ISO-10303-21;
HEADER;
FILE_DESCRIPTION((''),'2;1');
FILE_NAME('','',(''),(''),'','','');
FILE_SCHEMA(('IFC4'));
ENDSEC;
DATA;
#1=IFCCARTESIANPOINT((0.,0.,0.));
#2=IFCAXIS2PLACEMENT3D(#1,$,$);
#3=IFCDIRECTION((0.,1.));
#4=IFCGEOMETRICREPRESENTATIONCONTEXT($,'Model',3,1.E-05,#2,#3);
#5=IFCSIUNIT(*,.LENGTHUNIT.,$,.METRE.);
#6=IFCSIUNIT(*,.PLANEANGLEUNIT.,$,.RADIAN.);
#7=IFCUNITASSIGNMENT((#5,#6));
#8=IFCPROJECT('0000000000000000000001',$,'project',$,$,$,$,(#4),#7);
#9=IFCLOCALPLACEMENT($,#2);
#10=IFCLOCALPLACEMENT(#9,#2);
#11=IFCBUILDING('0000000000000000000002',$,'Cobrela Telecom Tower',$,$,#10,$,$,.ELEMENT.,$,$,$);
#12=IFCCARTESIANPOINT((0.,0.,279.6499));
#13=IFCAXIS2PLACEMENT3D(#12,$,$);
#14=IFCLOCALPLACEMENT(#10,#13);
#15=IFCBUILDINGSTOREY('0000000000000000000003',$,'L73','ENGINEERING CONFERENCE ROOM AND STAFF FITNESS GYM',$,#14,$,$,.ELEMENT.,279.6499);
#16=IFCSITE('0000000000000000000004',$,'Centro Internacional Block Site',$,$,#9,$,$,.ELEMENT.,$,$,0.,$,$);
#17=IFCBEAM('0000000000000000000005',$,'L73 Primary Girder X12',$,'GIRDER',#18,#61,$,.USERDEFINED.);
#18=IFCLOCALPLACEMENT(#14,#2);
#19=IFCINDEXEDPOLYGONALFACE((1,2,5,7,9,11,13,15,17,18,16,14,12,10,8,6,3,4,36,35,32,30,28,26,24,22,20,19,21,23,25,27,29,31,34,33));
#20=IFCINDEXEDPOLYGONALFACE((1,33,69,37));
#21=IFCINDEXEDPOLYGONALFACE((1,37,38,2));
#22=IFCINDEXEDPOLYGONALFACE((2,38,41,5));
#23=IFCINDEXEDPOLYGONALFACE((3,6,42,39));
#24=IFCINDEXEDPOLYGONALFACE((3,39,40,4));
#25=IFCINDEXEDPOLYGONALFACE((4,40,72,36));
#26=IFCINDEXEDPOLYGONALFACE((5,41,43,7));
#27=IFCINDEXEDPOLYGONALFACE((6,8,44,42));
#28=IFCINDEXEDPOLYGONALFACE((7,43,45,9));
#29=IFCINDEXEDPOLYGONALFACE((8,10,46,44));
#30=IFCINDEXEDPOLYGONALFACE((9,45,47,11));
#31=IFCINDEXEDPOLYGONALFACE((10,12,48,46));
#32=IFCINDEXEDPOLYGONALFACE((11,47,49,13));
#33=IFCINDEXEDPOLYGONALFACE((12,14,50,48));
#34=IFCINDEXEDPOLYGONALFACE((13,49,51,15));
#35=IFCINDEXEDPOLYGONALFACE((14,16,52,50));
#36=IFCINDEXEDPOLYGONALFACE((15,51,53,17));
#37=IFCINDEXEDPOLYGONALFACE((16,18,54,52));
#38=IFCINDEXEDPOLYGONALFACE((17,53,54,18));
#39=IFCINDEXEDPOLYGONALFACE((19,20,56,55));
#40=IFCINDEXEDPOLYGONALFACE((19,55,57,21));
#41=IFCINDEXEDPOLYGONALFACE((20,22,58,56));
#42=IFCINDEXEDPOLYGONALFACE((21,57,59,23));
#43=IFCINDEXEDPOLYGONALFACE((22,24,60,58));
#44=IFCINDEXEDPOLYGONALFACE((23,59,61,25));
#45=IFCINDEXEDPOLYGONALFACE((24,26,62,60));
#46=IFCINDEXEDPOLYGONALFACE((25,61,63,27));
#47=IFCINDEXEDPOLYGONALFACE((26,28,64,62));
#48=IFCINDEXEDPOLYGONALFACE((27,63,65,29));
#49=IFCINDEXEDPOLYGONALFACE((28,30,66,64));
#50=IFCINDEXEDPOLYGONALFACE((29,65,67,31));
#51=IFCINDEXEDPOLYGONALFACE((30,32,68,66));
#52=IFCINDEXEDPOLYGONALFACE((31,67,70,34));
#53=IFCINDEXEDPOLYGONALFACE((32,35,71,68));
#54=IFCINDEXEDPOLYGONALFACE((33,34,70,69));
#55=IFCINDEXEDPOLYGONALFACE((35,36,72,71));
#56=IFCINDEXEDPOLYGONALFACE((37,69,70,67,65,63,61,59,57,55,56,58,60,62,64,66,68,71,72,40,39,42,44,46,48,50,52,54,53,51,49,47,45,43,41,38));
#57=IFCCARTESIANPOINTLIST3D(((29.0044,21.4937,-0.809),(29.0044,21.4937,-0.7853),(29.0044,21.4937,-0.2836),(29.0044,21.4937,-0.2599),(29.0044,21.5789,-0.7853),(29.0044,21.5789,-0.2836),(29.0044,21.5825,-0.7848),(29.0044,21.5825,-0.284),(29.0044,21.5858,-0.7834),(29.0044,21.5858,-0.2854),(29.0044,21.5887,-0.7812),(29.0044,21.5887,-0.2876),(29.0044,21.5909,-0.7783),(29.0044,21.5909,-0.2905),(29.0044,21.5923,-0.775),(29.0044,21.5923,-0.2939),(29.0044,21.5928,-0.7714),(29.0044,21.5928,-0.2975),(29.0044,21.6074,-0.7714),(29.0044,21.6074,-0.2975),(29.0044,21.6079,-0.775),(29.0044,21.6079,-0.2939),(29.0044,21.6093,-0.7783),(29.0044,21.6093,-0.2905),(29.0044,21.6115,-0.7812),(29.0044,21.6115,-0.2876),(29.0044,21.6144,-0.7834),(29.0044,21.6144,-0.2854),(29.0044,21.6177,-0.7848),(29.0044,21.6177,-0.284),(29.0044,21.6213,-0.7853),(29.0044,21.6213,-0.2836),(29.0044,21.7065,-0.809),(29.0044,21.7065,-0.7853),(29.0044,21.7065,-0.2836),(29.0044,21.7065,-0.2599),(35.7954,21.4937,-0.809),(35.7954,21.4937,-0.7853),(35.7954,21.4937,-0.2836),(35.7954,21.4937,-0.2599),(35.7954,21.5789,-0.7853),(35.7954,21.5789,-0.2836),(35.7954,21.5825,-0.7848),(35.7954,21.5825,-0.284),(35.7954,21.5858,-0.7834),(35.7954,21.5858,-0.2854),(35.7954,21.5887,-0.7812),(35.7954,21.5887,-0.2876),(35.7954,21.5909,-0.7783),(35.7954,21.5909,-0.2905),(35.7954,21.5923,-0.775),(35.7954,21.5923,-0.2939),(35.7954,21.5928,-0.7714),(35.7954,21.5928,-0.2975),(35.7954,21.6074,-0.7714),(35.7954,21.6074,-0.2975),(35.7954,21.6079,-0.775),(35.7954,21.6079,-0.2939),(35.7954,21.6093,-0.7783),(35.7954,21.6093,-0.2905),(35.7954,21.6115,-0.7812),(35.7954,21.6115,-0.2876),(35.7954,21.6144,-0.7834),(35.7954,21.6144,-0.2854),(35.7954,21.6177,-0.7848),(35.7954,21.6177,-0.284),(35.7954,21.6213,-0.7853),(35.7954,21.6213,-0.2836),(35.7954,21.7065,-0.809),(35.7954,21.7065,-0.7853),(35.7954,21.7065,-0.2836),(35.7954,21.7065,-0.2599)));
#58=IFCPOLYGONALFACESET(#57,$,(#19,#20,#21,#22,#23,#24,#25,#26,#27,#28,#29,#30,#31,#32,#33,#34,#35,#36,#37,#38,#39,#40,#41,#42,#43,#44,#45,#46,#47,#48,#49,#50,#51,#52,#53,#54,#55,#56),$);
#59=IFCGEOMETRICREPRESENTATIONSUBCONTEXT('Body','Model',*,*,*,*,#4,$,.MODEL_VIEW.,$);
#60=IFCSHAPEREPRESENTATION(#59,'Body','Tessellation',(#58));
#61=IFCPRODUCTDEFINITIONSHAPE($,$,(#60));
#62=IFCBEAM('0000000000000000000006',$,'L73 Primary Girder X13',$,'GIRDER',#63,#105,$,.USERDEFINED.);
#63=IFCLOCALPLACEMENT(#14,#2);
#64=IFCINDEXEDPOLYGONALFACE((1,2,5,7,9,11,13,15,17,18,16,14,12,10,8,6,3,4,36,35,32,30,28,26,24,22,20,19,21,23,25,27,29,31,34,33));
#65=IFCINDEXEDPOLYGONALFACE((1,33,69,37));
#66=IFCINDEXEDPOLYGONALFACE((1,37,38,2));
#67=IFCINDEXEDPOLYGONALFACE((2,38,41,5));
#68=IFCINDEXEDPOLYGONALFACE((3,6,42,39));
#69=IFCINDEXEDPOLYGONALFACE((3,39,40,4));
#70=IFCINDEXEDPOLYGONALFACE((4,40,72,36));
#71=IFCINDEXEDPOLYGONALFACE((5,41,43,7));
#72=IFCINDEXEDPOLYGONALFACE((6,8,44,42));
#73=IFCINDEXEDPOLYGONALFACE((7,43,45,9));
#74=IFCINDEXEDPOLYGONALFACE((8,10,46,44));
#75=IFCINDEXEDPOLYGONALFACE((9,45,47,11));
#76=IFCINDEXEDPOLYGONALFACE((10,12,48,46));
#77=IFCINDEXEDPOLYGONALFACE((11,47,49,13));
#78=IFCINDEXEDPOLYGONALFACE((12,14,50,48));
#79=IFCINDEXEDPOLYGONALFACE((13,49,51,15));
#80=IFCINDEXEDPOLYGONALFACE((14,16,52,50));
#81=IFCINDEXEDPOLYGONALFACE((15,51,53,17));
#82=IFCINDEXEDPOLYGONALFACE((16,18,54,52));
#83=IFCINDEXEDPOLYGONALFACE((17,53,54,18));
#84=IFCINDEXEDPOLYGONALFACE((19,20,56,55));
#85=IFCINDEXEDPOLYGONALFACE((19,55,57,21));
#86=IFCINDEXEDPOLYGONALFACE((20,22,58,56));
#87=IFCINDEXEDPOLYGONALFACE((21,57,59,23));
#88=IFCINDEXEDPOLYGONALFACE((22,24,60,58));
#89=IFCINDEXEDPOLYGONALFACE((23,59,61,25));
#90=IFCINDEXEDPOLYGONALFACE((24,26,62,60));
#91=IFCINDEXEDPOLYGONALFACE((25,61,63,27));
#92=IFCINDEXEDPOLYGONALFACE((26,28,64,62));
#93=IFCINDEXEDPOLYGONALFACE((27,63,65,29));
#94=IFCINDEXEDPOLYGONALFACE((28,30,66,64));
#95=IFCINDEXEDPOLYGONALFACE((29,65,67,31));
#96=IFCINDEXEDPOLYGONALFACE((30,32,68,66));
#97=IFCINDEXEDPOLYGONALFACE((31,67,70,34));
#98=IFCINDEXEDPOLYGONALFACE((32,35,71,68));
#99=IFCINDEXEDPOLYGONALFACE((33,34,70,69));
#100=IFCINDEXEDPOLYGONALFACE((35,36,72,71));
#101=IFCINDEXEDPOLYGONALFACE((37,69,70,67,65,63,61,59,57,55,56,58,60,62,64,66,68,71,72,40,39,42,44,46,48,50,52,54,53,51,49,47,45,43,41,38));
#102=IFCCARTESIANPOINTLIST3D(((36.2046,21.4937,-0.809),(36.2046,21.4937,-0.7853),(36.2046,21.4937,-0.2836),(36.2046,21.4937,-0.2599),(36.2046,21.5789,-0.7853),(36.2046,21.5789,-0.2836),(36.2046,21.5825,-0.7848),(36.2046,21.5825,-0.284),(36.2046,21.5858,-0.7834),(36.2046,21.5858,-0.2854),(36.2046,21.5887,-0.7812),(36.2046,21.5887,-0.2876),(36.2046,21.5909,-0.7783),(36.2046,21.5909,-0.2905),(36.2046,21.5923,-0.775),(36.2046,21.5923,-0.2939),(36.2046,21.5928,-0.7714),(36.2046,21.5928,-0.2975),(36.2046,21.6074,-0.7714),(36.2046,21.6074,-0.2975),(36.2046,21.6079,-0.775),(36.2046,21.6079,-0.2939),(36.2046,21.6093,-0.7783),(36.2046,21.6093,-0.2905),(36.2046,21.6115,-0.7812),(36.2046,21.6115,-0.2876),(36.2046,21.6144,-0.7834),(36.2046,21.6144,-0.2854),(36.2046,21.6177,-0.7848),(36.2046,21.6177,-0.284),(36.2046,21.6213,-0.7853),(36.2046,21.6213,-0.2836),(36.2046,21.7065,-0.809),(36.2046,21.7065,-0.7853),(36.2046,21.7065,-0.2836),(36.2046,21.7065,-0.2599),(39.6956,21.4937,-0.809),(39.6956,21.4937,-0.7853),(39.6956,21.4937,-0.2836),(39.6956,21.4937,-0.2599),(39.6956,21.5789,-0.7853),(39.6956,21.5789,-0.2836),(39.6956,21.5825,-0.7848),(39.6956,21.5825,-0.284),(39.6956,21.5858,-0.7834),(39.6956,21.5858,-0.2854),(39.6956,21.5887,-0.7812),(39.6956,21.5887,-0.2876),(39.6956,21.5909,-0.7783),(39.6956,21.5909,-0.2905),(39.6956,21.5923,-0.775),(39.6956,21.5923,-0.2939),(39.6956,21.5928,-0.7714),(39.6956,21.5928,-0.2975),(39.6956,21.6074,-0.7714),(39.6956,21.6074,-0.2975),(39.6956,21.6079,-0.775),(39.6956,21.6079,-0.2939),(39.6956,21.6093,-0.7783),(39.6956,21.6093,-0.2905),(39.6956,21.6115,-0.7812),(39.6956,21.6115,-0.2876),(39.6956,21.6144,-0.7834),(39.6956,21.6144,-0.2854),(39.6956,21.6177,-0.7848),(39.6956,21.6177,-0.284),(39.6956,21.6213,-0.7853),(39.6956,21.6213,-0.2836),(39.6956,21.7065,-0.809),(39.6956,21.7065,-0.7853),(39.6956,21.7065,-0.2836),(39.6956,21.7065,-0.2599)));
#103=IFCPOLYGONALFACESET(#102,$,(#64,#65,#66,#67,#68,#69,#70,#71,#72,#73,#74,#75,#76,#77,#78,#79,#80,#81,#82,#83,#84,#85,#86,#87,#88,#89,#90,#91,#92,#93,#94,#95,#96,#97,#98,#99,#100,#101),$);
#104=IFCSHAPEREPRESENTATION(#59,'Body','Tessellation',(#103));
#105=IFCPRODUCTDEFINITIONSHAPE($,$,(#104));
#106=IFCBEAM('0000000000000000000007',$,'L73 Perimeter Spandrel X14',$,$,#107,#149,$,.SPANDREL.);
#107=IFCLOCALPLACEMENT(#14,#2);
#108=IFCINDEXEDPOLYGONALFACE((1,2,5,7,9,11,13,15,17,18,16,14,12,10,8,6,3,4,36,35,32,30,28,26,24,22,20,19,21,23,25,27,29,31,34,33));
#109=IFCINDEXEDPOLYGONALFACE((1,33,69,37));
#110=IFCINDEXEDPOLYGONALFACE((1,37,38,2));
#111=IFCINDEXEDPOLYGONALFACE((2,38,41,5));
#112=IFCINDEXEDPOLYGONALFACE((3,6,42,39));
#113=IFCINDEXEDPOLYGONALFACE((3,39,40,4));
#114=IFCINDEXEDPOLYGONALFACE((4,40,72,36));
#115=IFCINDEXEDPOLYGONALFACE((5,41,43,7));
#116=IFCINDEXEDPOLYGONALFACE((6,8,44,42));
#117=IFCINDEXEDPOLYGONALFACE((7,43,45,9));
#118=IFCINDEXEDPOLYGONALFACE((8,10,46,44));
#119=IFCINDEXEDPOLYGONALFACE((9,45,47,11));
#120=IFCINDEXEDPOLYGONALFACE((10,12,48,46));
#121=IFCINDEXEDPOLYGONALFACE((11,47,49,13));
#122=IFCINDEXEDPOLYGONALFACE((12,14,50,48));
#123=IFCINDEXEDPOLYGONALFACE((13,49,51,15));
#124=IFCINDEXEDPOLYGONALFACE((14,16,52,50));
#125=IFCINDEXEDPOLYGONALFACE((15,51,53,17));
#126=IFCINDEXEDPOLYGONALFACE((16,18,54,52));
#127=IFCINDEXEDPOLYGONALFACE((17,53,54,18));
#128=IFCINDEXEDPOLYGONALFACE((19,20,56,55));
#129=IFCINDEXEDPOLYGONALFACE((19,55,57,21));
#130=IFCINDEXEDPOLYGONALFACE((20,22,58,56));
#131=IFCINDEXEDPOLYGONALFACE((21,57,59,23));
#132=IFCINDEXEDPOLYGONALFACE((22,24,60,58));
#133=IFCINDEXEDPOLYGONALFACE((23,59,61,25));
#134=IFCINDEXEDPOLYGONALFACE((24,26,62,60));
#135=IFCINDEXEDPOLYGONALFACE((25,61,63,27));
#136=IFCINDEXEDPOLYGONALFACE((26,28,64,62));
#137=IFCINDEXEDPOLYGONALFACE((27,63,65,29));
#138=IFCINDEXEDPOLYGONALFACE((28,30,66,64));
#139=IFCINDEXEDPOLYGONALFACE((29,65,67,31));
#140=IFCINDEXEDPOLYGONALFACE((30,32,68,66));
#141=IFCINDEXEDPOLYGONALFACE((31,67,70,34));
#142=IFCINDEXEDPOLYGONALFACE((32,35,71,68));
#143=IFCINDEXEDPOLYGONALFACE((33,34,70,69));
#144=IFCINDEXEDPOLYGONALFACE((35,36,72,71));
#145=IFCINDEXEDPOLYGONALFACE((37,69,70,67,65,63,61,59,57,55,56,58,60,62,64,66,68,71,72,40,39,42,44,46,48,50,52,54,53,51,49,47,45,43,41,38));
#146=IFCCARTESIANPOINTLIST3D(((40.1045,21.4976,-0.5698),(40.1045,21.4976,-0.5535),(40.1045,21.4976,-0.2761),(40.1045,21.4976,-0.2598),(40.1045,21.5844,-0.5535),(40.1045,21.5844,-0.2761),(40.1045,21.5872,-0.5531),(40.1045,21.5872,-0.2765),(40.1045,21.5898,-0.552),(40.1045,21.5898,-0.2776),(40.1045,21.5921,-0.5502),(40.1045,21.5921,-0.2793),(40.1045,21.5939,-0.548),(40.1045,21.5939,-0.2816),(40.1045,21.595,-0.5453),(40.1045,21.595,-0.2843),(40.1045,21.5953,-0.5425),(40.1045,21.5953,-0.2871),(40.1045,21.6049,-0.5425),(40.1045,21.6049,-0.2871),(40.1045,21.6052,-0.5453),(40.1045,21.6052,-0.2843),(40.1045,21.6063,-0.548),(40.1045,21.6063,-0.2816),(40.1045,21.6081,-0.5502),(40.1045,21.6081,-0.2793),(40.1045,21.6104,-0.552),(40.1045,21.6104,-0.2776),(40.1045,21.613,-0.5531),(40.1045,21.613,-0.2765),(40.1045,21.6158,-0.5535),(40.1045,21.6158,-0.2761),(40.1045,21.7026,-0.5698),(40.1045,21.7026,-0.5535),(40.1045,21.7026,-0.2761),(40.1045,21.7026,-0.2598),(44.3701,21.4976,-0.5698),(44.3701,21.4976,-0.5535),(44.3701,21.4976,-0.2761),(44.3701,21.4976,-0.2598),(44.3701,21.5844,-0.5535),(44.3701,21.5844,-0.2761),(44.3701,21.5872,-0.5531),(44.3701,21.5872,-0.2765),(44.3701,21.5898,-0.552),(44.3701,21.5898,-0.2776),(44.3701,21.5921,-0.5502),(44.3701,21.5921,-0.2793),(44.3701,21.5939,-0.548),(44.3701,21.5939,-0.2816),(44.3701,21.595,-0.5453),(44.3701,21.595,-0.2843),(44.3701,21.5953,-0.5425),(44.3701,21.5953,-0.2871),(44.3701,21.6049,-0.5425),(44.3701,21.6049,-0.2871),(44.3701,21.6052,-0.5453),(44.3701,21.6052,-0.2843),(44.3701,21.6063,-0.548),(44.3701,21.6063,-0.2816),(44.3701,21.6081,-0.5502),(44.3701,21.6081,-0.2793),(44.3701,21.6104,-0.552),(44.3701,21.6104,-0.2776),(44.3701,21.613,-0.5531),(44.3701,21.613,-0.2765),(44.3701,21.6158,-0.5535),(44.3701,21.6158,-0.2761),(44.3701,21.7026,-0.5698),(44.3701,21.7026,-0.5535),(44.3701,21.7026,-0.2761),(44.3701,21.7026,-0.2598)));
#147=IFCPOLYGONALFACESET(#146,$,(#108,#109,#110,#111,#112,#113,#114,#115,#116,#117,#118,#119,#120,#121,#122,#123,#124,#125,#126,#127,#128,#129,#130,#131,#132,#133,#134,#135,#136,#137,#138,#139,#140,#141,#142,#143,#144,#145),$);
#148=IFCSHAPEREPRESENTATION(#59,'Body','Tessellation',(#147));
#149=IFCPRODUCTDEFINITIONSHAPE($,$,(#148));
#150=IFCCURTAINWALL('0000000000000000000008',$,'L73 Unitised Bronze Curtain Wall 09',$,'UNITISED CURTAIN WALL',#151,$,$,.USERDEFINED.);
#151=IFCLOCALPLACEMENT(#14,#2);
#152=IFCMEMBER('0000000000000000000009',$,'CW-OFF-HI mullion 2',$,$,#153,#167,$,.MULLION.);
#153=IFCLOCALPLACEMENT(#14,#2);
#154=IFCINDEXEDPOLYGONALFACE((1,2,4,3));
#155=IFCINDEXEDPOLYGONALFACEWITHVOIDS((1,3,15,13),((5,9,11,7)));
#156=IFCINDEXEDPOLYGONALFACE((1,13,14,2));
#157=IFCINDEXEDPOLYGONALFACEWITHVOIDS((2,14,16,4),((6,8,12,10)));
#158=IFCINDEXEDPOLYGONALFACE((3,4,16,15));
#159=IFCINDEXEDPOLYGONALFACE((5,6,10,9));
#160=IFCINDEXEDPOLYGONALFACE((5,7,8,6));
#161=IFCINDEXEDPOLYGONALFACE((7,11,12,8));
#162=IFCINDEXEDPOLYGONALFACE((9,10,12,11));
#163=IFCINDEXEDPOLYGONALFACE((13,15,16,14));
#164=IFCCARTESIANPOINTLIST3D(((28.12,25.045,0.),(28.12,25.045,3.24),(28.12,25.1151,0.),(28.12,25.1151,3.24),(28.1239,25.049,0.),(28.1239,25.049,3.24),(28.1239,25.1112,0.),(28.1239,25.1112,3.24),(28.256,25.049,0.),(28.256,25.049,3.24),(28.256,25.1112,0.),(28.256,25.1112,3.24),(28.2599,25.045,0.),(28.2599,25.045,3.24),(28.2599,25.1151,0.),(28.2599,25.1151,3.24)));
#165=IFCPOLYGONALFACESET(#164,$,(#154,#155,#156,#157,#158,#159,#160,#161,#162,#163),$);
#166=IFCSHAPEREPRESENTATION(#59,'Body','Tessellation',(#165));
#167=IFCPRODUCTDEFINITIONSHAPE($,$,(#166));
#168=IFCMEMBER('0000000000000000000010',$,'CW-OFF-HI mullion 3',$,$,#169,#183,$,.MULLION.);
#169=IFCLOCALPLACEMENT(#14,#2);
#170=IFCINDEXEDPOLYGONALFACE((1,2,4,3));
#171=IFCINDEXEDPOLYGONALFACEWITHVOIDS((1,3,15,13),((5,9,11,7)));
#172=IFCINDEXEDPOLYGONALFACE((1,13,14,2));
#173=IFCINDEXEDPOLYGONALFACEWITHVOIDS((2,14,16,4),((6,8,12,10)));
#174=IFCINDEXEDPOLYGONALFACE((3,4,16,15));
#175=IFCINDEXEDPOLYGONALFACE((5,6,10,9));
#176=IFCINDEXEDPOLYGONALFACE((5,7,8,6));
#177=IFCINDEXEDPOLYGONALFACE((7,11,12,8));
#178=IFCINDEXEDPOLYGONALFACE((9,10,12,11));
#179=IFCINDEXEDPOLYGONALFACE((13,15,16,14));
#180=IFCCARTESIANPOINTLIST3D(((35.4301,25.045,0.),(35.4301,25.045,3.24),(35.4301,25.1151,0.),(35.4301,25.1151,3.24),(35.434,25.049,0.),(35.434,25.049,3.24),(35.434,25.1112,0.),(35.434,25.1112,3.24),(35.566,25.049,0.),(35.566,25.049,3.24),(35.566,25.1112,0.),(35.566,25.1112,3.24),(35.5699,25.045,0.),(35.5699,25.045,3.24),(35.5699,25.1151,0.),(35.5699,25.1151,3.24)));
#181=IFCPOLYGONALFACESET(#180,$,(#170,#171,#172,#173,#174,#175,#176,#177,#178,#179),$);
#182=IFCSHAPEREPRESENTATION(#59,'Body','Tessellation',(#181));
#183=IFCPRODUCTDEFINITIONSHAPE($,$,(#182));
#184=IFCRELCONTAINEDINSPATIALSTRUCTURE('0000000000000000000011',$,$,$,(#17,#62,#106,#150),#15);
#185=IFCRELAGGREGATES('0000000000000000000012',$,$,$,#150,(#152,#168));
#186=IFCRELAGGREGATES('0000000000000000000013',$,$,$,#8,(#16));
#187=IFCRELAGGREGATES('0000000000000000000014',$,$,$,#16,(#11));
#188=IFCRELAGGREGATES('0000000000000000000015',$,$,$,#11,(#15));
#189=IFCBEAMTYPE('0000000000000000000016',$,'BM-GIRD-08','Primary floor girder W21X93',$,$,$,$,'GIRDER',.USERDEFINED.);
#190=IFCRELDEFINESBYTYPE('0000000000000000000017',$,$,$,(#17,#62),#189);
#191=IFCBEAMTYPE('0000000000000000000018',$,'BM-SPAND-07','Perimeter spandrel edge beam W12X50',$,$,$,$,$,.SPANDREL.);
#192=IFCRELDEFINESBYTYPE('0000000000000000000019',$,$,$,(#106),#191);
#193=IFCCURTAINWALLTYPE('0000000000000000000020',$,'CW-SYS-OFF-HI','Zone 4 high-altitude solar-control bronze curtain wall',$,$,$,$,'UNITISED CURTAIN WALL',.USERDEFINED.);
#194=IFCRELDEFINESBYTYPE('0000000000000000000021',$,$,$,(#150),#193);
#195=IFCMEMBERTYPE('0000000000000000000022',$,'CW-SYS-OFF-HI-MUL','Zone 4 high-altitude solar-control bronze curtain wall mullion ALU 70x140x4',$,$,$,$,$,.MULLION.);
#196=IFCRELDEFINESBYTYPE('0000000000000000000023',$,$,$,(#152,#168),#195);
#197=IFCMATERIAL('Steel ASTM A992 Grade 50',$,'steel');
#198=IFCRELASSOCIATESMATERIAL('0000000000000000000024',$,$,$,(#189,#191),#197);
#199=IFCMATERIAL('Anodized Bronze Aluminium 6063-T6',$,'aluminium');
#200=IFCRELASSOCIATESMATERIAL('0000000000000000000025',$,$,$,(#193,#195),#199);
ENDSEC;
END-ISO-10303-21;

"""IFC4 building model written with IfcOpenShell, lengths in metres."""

from ifc_helpers import new_model, si_unit, direction, frame, origin, origin_2d, place, context, subcontext, project, spatial, hollow_rectangle, i_section, extrude, material, material_profile, profile_set, type_object, element, aggregate, save


model = new_model("IFC4")

# Units and contexts
model_context = context("Model", 3, precision=1e-05, world=origin(), true_north=direction((0.0, 1.0)))
body_context = subcontext(model_context, "Body", "Model", "MODEL_VIEW")
ifc_project = project(units=[si_unit("LENGTHUNIT", "METRE"), si_unit("PLANEANGLEUNIT", "RADIAN")], contexts=[model_context])

# Site, building, storey
site_placement = place(None, origin())
site = spatial("IfcSite", under=ifc_project, at=site_placement, Name="Centro Internacional Block Site", CompositionType="ELEMENT", RefElevation=0.0)
building_placement = place(site_placement, origin())
building = spatial("IfcBuilding", under=site, at=building_placement, Name="Cobrela Telecom Tower", CompositionType="ELEMENT")
storey_placement = place(building_placement, frame((0.0, 0.0, 279.6499)))
storey = spatial("IfcBuildingStorey", under=building, at=storey_placement, Name="L73", Description="ENGINEERING CONFERENCE ROOM AND STAFF FITNESS GYM", CompositionType="ELEMENT", Elevation=279.6499)

# Shared definitions
ifc_material_1 = material(Name="Steel ASTM A992 Grade 50", Category="steel")

# Beams
ifc_material_profile_1 = material_profile(ifc_material_1, i_section(OverallWidth=0.2129, OverallDepth=0.5491, WebThickness=0.0146, FlangeThickness=0.0237, FilletRadius=0.0139, at=origin_2d()), Name="W21X93")
ifc_profile_set_1 = profile_set([ifc_material_profile_1], Name="Steel ASTM A992 Grade 50")
beam_type_1 = type_object("IfcBeamType", Name="BM-GIRD-08", Description="Primary floor girder W21X93", ElementType="GIRDER", PredefinedType="USERDEFINED", material=ifc_profile_set_1)
beam_1_placement = place(storey_placement, frame((29.0044, 21.6001, -0.5344), z_axis=(1.0, 0.0, 0.0), x_axis=(0.0, 1.0, 0.0)))
element("IfcBeam", 1, at=beam_1_placement, inside=storey, type_object=beam_type_1, Name="L73 Primary Girder X12", ObjectType="GIRDER", PredefinedType="USERDEFINED", context=body_context, shape_type="SweptSolid", body=[
    extrude(i_section(OverallWidth=0.2129, OverallDepth=0.5491, WebThickness=0.0146, FlangeThickness=0.0237, FilletRadius=0.0139, at=origin_2d()), origin(), (0.0, 0.0, 1.0), 6.791),
])
beam_2_placement = place(storey_placement, frame((36.2046, 21.6001, -0.5344), z_axis=(1.0, 0.0, 0.0), x_axis=(0.0, 1.0, 0.0)))
element("IfcBeam", 2, at=beam_2_placement, inside=storey, type_object=beam_type_1, Name="L73 Primary Girder X13", ObjectType="GIRDER", PredefinedType="USERDEFINED", context=body_context, shape_type="SweptSolid", body=[
    extrude(i_section(OverallWidth=0.2129, OverallDepth=0.5491, WebThickness=0.0146, FlangeThickness=0.0237, FilletRadius=0.0139, at=origin_2d()), origin(), (0.0, 0.0, 1.0), 3.491),
])
ifc_material_profile_2 = material_profile(ifc_material_1, i_section(OverallWidth=0.2051, OverallDepth=0.3101, WebThickness=0.0095, FlangeThickness=0.0164, FilletRadius=0.011, at=origin_2d()), Name="W12X50")
ifc_profile_set_2 = profile_set([ifc_material_profile_2], Name="Steel ASTM A992 Grade 50")
beam_type_2 = type_object("IfcBeamType", Name="BM-SPAND-07", Description="Perimeter spandrel edge beam W12X50", PredefinedType="SPANDREL", material=ifc_profile_set_2)
beam_3_placement = place(storey_placement, frame((40.1045, 21.6001, -0.4148), z_axis=(1.0, 0.0, 0.0), x_axis=(0.0, 1.0, 0.0)))
element("IfcBeam", 3, at=beam_3_placement, inside=storey, type_object=beam_type_2, Name="L73 Perimeter Spandrel X14", PredefinedType="SPANDREL", context=body_context, shape_type="SweptSolid", body=[
    extrude(i_section(OverallWidth=0.2051, OverallDepth=0.3101, WebThickness=0.0095, FlangeThickness=0.0164, FilletRadius=0.011, at=origin_2d()), origin(), (0.0, 0.0, 1.0), 4.2656),
])

# Curtain wall, members
ifc_material_2 = material(Name="Anodized Bronze Aluminium 6063-T6", Category="aluminium")
curtain_wall_type = type_object("IfcCurtainWallType", Name="CW-SYS-OFF-HI", Description="Zone 4 high-altitude solar-control bronze curtain wall", ElementType="UNITISED CURTAIN WALL", PredefinedType="USERDEFINED", material=ifc_material_2)
curtain_wall_1_placement = place(storey_placement, origin())
curtain_wall_1 = element("IfcCurtainWall", 4, at=curtain_wall_1_placement, inside=storey, type_object=curtain_wall_type, Name="L73 Unitised Bronze Curtain Wall 09", ObjectType="UNITISED CURTAIN WALL", PredefinedType="USERDEFINED")
ifc_material_profile_3 = material_profile(ifc_material_2, hollow_rectangle(XDim=0.0701, YDim=0.1399, WallThickness=0.0039, at=origin_2d()), Name="ALU 70x140x4")
ifc_profile_set_3 = profile_set([ifc_material_profile_3], Name="Anodized Bronze Aluminium 6063-T6")
member_type_1 = type_object("IfcMemberType", Name="CW-SYS-OFF-HI-MUL", Description="Zone 4 high-altitude solar-control bronze curtain wall mullion ALU 70x140x4", PredefinedType="MULLION", material=ifc_profile_set_3)
member_1_placement = place(storey_placement, frame((28.1899, 25.0801, 0.0), z_axis=(0.0, 0.0, 1.0), x_axis=(0.0, 1.0, 0.0)))
member_1 = element("IfcMember", 5, at=member_1_placement, type_object=member_type_1, Name="CW-OFF-HI mullion 2", PredefinedType="MULLION", context=body_context, shape_type="SweptSolid", body=[
    extrude(hollow_rectangle(XDim=0.0701, YDim=0.1399, WallThickness=0.0039, at=origin_2d()), origin(), (0.0, 0.0, 1.0), 3.24),
])
member_2_placement = place(storey_placement, frame((35.5, 25.0801, 0.0), z_axis=(0.0, 0.0, 1.0), x_axis=(0.0, 1.0, 0.0)))
member_2 = element("IfcMember", 6, at=member_2_placement, type_object=member_type_1, Name="CW-OFF-HI mullion 3", PredefinedType="MULLION", context=body_context, shape_type="SweptSolid", body=[
    extrude(hollow_rectangle(XDim=0.0701, YDim=0.1399, WallThickness=0.0039, at=origin_2d()), origin(), (0.0, 0.0, 1.0), 3.24),
])

aggregate(curtain_wall_1, [member_1, member_2])

save(model, "model.ifc")
